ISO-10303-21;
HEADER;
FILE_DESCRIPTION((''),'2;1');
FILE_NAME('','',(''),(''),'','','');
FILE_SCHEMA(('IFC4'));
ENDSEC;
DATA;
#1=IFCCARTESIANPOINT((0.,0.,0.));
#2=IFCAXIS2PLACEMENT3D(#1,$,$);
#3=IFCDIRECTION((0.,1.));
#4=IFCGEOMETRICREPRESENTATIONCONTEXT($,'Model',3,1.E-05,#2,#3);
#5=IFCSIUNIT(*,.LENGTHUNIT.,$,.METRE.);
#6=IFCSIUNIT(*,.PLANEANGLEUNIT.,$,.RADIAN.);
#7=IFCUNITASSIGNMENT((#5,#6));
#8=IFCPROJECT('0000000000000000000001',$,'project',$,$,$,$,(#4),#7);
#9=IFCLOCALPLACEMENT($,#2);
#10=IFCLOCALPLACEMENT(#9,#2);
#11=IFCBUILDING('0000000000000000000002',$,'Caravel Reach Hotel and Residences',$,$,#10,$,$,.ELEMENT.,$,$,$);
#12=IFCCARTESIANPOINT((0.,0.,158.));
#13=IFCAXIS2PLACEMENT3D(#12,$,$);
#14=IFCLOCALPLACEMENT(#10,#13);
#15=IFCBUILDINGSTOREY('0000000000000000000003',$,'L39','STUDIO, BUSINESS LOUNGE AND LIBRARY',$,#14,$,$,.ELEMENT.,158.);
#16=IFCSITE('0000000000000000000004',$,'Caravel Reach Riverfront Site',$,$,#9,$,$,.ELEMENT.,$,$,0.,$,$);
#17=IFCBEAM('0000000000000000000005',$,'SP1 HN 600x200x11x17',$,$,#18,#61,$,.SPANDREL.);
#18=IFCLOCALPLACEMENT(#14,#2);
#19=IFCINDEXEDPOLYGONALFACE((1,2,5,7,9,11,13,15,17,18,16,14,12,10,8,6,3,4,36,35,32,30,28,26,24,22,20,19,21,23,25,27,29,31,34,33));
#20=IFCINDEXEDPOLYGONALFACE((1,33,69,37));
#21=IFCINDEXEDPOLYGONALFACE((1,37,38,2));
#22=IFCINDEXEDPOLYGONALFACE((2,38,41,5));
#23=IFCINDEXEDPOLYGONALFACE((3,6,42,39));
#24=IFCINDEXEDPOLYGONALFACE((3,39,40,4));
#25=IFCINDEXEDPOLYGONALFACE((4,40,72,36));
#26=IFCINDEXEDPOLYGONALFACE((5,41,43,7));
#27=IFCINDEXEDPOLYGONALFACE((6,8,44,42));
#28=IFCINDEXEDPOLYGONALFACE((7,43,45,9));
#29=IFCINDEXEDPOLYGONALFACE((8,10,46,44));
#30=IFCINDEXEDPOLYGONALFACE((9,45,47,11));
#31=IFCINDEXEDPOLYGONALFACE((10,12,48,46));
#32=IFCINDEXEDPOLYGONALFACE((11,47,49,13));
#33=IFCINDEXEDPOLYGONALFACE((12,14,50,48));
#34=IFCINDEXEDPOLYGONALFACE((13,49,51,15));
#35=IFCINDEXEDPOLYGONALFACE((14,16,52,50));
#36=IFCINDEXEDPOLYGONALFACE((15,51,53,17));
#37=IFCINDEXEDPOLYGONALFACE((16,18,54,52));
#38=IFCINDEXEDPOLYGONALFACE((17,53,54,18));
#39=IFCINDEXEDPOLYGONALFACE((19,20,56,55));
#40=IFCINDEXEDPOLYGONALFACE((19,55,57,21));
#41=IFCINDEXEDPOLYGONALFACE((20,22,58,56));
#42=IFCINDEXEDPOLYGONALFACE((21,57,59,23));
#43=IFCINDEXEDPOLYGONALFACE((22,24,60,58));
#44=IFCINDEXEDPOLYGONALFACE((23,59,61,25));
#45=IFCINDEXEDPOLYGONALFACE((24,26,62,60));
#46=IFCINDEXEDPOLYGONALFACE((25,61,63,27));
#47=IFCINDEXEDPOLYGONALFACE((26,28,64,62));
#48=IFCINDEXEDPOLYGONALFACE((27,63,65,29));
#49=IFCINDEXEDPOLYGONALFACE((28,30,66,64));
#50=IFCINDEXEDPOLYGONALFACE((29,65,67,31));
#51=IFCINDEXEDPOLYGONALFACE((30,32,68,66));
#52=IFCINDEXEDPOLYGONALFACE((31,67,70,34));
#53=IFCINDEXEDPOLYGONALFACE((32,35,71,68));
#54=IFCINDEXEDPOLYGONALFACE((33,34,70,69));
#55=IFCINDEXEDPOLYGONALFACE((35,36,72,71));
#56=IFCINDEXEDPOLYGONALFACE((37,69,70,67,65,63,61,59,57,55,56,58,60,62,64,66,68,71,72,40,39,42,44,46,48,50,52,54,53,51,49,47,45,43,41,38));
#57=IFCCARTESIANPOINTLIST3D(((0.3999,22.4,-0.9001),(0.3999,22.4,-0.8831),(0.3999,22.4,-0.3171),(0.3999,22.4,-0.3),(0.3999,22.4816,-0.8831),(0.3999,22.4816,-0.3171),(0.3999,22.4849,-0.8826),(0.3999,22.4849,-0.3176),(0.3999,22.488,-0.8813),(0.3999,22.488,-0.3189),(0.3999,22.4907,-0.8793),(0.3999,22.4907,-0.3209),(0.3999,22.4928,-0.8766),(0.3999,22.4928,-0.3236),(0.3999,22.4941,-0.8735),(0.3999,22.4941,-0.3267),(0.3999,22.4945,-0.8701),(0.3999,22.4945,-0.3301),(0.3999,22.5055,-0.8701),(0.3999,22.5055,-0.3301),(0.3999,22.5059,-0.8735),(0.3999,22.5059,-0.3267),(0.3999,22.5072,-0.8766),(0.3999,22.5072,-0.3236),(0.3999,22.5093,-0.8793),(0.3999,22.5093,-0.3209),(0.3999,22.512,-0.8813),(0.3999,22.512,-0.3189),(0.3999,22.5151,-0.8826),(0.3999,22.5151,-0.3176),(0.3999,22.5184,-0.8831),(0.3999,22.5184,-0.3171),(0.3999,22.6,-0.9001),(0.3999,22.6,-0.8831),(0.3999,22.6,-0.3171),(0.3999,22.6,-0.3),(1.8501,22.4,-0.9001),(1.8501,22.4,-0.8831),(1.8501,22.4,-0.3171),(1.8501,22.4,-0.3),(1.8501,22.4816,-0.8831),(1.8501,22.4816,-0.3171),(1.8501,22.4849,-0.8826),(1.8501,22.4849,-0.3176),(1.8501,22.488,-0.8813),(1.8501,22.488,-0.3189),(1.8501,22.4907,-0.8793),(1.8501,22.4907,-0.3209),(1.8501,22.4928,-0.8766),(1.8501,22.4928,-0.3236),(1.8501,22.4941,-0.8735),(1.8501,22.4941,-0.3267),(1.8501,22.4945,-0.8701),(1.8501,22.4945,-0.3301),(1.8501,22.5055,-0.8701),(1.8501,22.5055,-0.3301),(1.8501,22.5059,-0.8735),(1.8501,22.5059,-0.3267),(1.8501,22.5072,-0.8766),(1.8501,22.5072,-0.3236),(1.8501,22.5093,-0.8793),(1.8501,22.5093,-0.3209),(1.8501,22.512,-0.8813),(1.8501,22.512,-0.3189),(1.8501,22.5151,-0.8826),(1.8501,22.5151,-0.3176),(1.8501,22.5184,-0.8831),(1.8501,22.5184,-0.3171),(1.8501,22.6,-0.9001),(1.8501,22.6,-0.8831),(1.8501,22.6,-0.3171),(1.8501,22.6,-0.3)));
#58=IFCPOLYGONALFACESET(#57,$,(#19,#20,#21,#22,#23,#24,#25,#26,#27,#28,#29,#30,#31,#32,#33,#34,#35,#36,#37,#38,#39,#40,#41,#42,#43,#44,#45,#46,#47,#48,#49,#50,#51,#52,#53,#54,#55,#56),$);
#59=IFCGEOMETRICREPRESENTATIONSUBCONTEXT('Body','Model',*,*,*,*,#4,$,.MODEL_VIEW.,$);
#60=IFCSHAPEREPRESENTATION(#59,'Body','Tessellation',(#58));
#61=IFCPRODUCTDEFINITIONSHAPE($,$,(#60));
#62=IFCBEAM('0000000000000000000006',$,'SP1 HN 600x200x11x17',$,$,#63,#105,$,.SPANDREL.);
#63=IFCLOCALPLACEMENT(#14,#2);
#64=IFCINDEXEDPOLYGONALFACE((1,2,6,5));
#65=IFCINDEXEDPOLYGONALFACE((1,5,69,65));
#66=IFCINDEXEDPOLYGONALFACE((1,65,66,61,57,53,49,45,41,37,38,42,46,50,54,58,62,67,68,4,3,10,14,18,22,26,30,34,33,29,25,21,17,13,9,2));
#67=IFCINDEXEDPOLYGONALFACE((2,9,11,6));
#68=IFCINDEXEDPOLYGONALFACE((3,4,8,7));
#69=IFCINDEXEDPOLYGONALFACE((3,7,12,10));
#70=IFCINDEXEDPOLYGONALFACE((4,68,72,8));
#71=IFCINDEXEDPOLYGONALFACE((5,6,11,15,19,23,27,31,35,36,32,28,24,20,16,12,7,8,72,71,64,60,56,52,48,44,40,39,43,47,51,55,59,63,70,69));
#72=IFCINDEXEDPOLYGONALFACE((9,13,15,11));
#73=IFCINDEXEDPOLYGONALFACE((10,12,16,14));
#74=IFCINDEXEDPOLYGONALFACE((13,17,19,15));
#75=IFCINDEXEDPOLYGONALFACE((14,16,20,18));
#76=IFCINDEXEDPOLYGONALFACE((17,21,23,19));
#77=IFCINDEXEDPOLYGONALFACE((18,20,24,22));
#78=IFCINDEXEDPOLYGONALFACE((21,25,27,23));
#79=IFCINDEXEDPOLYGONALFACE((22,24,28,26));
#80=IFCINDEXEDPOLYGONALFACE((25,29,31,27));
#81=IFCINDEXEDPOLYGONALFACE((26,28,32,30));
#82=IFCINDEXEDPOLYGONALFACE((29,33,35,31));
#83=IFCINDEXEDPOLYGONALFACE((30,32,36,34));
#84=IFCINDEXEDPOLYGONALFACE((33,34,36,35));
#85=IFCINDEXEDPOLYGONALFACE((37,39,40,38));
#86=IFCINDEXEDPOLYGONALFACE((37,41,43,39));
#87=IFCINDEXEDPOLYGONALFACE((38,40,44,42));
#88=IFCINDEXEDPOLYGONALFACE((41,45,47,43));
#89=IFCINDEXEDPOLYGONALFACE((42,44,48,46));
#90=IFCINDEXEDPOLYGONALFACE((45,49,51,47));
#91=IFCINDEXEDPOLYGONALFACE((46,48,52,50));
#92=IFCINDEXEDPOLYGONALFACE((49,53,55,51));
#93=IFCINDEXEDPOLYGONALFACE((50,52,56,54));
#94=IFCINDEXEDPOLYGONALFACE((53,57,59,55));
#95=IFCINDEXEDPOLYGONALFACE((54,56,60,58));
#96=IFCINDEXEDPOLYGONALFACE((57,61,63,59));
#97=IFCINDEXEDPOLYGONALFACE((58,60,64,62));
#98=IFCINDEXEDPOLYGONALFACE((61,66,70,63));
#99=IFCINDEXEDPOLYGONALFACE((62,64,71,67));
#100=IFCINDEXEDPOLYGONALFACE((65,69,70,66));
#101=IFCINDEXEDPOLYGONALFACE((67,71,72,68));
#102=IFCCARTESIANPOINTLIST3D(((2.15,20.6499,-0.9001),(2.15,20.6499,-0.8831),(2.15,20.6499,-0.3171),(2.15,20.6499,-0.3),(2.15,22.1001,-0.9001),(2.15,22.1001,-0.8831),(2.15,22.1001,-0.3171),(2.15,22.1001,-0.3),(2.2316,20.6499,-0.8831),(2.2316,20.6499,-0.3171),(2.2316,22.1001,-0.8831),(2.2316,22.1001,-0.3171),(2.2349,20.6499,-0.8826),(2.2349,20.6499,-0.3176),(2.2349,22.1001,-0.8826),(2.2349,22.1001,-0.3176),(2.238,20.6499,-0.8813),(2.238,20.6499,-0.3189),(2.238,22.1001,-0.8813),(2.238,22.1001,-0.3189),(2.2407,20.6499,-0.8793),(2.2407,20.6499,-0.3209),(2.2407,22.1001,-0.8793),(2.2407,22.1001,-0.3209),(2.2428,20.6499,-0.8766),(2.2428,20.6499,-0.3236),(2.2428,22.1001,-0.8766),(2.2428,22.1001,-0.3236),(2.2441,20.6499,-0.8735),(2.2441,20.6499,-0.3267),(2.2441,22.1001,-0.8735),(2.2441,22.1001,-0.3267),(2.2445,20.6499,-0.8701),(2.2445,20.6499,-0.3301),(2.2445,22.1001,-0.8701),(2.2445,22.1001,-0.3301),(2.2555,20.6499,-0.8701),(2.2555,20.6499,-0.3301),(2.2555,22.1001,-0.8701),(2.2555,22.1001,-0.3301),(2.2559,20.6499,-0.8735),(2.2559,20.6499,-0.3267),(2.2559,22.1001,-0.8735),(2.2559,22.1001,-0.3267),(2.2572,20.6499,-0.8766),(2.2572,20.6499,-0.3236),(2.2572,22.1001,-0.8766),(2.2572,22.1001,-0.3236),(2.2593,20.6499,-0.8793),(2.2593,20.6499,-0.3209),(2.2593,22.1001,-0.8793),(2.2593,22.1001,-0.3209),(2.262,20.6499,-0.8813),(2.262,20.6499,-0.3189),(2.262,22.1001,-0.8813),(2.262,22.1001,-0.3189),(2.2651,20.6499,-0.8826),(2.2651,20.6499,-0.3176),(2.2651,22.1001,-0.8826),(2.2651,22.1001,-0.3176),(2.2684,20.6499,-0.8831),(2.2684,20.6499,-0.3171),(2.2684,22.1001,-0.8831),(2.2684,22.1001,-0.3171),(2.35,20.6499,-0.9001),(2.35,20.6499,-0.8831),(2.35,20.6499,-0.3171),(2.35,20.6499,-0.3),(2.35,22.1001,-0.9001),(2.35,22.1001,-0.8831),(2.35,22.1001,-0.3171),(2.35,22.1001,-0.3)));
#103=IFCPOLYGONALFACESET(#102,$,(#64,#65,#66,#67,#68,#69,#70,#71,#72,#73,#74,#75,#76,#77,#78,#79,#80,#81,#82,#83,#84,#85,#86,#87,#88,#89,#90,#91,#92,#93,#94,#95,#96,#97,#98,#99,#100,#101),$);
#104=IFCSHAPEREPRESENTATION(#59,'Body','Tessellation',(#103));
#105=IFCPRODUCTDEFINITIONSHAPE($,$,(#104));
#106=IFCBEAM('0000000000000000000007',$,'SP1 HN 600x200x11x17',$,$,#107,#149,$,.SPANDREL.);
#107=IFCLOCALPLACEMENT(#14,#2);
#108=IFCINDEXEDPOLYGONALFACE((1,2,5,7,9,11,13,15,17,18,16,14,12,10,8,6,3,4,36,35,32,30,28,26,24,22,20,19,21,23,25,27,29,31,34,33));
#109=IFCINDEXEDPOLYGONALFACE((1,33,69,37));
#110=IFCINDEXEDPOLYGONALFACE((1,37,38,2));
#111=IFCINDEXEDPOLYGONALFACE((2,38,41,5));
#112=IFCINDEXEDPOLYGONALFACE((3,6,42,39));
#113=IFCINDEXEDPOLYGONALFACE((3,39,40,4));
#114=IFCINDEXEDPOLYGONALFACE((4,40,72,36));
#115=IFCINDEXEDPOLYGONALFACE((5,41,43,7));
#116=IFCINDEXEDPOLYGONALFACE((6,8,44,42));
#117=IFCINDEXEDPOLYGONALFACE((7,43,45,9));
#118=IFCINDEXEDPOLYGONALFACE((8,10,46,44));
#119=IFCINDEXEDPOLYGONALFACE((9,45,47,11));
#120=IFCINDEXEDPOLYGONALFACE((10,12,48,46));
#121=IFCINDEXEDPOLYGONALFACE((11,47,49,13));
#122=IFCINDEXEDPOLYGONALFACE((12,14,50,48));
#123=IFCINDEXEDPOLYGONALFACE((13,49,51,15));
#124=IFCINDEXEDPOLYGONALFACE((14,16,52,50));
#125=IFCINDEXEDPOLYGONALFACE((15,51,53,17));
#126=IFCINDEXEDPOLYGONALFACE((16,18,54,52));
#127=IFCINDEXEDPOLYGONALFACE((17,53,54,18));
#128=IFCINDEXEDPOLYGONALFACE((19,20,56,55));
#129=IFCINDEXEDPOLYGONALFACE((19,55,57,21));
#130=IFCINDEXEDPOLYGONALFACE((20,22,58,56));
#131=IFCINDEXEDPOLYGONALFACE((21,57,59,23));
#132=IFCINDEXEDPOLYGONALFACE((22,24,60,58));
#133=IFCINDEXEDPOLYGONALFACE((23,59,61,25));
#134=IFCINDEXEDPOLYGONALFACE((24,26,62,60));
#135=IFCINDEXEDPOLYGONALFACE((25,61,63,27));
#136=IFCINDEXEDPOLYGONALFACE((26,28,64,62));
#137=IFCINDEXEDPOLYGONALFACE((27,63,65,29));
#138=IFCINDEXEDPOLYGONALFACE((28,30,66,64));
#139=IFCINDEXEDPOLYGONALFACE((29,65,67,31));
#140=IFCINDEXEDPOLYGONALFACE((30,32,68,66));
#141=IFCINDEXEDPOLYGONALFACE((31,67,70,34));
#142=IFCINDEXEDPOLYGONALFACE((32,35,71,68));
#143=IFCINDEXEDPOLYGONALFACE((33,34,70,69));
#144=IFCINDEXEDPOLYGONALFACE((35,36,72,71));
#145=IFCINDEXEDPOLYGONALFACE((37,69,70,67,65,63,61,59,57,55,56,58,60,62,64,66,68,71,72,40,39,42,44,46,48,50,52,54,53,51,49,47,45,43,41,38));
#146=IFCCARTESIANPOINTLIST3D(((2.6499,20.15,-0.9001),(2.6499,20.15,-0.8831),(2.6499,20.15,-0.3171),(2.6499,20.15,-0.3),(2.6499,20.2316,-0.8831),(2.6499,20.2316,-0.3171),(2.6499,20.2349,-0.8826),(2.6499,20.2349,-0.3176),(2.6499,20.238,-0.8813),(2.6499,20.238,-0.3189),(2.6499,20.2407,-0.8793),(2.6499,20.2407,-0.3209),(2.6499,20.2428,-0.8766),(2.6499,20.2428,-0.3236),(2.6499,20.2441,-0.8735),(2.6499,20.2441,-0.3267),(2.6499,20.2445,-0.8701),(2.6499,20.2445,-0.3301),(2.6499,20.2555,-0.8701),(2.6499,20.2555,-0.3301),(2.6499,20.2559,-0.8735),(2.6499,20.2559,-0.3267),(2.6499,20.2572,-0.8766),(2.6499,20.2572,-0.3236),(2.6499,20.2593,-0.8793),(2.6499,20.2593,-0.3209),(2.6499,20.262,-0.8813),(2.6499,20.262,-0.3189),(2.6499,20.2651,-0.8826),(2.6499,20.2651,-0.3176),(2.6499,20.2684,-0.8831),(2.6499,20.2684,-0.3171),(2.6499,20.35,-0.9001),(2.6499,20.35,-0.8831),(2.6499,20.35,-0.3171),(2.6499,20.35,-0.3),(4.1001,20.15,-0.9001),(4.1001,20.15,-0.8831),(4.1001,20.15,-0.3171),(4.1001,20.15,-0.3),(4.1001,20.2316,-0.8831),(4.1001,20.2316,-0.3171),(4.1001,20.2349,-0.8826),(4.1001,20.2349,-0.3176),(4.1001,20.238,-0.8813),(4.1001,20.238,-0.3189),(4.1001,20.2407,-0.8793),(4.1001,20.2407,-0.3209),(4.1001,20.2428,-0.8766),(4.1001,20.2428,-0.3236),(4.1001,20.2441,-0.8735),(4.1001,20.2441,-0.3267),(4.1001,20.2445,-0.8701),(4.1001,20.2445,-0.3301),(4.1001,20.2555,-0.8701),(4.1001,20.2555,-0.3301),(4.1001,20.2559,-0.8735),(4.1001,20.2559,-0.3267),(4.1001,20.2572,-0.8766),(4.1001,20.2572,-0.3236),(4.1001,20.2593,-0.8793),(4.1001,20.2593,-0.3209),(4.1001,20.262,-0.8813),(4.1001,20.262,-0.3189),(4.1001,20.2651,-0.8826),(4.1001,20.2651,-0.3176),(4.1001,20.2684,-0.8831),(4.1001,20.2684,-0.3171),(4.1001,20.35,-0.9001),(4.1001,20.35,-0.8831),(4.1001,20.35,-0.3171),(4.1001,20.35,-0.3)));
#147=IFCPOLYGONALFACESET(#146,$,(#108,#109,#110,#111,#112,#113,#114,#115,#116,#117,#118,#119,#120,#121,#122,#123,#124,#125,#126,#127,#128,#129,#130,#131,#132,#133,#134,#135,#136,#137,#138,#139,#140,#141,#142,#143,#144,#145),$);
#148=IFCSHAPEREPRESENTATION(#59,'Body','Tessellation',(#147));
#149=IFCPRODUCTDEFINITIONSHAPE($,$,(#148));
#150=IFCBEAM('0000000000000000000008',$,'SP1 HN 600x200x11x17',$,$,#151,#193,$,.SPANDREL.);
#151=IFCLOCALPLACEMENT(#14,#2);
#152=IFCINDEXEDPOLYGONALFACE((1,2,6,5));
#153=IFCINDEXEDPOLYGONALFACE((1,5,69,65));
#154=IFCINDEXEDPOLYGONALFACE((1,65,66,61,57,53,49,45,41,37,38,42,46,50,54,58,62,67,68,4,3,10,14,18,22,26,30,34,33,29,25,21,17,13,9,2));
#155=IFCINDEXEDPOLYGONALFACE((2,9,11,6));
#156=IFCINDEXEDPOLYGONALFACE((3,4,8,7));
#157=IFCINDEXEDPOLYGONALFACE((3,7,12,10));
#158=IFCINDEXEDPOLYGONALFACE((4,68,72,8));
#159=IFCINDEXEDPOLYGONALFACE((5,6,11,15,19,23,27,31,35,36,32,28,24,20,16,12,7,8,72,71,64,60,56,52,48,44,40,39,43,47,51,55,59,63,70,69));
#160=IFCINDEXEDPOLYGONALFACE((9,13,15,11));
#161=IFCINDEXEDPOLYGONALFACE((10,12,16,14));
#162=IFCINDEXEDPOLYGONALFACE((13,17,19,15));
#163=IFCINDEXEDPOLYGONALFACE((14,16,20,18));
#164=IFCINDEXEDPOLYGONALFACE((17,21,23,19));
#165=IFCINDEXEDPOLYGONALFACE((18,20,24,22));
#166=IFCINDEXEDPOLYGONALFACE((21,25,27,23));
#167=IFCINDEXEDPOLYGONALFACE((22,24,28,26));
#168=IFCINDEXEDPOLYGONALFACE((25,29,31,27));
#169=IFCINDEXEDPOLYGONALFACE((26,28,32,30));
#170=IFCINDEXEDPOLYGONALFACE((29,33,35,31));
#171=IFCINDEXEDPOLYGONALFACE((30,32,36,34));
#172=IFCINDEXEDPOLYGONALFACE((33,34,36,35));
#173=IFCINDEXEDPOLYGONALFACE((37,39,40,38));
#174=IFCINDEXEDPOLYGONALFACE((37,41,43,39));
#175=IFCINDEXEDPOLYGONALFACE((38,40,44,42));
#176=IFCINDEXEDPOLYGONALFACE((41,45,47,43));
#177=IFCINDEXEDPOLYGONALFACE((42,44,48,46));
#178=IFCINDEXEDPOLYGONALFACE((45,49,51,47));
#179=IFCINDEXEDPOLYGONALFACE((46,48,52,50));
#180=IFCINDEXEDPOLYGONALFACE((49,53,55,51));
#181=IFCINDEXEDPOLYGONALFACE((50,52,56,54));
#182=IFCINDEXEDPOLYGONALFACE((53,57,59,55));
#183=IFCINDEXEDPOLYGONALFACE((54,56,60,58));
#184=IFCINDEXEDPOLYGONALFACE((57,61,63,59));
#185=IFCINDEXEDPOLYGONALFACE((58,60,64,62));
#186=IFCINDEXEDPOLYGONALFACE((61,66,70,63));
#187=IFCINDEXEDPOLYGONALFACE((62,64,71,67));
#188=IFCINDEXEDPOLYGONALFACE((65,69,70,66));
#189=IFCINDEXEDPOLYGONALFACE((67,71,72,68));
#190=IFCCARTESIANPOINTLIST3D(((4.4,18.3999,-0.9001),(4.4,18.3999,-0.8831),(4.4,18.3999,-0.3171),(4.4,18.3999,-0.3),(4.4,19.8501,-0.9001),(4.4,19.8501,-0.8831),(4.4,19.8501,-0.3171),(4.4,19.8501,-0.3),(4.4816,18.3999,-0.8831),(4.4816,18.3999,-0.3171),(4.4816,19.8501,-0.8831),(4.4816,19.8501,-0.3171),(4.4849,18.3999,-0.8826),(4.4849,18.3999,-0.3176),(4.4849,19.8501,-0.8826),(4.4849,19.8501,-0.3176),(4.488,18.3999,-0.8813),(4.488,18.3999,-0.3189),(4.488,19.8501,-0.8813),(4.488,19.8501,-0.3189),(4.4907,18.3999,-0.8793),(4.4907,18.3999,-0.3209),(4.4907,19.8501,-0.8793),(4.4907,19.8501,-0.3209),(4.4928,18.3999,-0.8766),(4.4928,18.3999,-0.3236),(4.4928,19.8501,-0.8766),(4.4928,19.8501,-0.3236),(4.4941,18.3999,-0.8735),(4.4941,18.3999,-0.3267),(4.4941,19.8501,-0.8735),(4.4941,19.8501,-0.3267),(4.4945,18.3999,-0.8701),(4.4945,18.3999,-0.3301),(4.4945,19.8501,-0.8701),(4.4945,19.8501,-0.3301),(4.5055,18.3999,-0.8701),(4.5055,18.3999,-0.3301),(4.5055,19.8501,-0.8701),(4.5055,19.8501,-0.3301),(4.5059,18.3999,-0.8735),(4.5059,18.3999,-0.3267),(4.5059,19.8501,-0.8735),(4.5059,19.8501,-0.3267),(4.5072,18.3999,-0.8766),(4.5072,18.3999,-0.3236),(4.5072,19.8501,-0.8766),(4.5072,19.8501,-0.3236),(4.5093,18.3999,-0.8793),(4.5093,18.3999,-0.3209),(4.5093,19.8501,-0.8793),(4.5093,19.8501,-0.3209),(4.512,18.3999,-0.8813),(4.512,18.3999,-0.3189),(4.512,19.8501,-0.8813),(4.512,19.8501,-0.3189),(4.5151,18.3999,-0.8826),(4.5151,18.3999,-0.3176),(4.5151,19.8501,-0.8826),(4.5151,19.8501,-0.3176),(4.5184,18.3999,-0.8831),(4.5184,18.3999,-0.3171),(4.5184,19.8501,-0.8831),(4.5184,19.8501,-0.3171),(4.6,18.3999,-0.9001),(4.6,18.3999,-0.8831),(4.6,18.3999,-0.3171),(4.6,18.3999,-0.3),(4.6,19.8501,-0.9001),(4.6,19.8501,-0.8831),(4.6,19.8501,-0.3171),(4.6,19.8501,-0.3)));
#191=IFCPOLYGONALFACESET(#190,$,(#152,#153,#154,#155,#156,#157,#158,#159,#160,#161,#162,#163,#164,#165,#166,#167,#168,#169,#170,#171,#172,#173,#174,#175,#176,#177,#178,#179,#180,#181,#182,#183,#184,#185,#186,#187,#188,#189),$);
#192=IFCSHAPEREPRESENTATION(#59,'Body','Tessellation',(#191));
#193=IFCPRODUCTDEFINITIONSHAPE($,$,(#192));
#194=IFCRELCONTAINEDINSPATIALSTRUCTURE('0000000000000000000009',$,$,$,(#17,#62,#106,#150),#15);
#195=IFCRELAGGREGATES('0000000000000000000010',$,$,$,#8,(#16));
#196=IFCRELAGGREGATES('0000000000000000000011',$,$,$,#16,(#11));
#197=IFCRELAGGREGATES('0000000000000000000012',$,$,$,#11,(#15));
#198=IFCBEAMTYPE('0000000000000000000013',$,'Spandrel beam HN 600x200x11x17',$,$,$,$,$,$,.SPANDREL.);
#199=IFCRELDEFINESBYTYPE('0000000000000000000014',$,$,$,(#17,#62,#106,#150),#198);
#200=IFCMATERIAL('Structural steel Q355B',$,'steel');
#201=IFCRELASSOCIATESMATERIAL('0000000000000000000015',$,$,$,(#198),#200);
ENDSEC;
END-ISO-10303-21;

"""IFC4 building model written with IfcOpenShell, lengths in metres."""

from ifc_helpers import new_model, si_unit, direction, frame, origin, origin_2d, place, context, subcontext, project, spatial, i_section, extrude, material, material_profile, profile_set, type_object, element, save


model = new_model("IFC4")

# Units and contexts
model_context = context("Model", 3, precision=1e-05, world=origin(), true_north=direction((0.0, 1.0)))
body_context = subcontext(model_context, "Body", "Model", "MODEL_VIEW")
ifc_project = project(units=[si_unit("LENGTHUNIT", "METRE"), si_unit("PLANEANGLEUNIT", "RADIAN")], contexts=[model_context])

# Site, building, storey
site_placement = place(None, origin())
site = spatial("IfcSite", under=ifc_project, at=site_placement, Name="Caravel Reach Riverfront Site", CompositionType="ELEMENT", RefElevation=0.0)
building_placement = place(site_placement, origin())
building = spatial("IfcBuilding", under=site, at=building_placement, Name="Caravel Reach Hotel and Residences", CompositionType="ELEMENT")
storey_placement = place(building_placement, frame((0.0, 0.0, 158.0)))
storey = spatial("IfcBuildingStorey", under=building, at=storey_placement, Name="L39", Description="STUDIO, BUSINESS LOUNGE AND LIBRARY", CompositionType="ELEMENT", Elevation=158.0)

# Beams
ifc_material_1 = material(Name="Structural steel Q355B", Category="steel")
ifc_material_profile_1 = material_profile(ifc_material_1, i_section(OverallWidth=0.2, OverallDepth=0.6001, WebThickness=0.011, FlangeThickness=0.0171, FilletRadius=0.0129, at=origin_2d()), Name="HN 600x200x11x17")
ifc_profile_set_1 = profile_set([ifc_material_profile_1], Name="Structural steel Q355B")
beam_type_1 = type_object("IfcBeamType", Name="Spandrel beam HN 600x200x11x17", PredefinedType="SPANDREL", material=ifc_profile_set_1)
for number, where, z_axis, x_axis, name in (
    (1, (0.3999, 22.5, -0.6001), (1.0, 0.0, 0.0), (0.0, 1.0, 0.0), "SP1 HN 600x200x11x17"),
    (2, (2.25, 22.1001, -0.6001), (0.0, -1.0, 0.0), (1.0, 0.0, 0.0), "SP1 HN 600x200x11x17"),
    (3, (2.6499, 20.25, -0.6001), (1.0, 0.0, 0.0), (0.0, 1.0, 0.0), "SP1 HN 600x200x11x17"),
    (4, (4.5, 19.8501, -0.6001), (0.0, -1.0, 0.0), (1.0, 0.0, 0.0), "SP1 HN 600x200x11x17"),
):
    element("IfcBeam", number, at=place(storey_placement, frame(where, z_axis=z_axis, x_axis=x_axis)), inside=storey, type_object=beam_type_1, Name=name, PredefinedType="SPANDREL", context=body_context, shape_type="SweptSolid", body=[
        extrude(i_section(OverallWidth=0.2, OverallDepth=0.6001, WebThickness=0.011, FlangeThickness=0.0171, FilletRadius=0.0129, at=origin_2d()), origin(), (0.0, 0.0, 1.0), 1.4502),
    ])

save(model, "model.ifc")
